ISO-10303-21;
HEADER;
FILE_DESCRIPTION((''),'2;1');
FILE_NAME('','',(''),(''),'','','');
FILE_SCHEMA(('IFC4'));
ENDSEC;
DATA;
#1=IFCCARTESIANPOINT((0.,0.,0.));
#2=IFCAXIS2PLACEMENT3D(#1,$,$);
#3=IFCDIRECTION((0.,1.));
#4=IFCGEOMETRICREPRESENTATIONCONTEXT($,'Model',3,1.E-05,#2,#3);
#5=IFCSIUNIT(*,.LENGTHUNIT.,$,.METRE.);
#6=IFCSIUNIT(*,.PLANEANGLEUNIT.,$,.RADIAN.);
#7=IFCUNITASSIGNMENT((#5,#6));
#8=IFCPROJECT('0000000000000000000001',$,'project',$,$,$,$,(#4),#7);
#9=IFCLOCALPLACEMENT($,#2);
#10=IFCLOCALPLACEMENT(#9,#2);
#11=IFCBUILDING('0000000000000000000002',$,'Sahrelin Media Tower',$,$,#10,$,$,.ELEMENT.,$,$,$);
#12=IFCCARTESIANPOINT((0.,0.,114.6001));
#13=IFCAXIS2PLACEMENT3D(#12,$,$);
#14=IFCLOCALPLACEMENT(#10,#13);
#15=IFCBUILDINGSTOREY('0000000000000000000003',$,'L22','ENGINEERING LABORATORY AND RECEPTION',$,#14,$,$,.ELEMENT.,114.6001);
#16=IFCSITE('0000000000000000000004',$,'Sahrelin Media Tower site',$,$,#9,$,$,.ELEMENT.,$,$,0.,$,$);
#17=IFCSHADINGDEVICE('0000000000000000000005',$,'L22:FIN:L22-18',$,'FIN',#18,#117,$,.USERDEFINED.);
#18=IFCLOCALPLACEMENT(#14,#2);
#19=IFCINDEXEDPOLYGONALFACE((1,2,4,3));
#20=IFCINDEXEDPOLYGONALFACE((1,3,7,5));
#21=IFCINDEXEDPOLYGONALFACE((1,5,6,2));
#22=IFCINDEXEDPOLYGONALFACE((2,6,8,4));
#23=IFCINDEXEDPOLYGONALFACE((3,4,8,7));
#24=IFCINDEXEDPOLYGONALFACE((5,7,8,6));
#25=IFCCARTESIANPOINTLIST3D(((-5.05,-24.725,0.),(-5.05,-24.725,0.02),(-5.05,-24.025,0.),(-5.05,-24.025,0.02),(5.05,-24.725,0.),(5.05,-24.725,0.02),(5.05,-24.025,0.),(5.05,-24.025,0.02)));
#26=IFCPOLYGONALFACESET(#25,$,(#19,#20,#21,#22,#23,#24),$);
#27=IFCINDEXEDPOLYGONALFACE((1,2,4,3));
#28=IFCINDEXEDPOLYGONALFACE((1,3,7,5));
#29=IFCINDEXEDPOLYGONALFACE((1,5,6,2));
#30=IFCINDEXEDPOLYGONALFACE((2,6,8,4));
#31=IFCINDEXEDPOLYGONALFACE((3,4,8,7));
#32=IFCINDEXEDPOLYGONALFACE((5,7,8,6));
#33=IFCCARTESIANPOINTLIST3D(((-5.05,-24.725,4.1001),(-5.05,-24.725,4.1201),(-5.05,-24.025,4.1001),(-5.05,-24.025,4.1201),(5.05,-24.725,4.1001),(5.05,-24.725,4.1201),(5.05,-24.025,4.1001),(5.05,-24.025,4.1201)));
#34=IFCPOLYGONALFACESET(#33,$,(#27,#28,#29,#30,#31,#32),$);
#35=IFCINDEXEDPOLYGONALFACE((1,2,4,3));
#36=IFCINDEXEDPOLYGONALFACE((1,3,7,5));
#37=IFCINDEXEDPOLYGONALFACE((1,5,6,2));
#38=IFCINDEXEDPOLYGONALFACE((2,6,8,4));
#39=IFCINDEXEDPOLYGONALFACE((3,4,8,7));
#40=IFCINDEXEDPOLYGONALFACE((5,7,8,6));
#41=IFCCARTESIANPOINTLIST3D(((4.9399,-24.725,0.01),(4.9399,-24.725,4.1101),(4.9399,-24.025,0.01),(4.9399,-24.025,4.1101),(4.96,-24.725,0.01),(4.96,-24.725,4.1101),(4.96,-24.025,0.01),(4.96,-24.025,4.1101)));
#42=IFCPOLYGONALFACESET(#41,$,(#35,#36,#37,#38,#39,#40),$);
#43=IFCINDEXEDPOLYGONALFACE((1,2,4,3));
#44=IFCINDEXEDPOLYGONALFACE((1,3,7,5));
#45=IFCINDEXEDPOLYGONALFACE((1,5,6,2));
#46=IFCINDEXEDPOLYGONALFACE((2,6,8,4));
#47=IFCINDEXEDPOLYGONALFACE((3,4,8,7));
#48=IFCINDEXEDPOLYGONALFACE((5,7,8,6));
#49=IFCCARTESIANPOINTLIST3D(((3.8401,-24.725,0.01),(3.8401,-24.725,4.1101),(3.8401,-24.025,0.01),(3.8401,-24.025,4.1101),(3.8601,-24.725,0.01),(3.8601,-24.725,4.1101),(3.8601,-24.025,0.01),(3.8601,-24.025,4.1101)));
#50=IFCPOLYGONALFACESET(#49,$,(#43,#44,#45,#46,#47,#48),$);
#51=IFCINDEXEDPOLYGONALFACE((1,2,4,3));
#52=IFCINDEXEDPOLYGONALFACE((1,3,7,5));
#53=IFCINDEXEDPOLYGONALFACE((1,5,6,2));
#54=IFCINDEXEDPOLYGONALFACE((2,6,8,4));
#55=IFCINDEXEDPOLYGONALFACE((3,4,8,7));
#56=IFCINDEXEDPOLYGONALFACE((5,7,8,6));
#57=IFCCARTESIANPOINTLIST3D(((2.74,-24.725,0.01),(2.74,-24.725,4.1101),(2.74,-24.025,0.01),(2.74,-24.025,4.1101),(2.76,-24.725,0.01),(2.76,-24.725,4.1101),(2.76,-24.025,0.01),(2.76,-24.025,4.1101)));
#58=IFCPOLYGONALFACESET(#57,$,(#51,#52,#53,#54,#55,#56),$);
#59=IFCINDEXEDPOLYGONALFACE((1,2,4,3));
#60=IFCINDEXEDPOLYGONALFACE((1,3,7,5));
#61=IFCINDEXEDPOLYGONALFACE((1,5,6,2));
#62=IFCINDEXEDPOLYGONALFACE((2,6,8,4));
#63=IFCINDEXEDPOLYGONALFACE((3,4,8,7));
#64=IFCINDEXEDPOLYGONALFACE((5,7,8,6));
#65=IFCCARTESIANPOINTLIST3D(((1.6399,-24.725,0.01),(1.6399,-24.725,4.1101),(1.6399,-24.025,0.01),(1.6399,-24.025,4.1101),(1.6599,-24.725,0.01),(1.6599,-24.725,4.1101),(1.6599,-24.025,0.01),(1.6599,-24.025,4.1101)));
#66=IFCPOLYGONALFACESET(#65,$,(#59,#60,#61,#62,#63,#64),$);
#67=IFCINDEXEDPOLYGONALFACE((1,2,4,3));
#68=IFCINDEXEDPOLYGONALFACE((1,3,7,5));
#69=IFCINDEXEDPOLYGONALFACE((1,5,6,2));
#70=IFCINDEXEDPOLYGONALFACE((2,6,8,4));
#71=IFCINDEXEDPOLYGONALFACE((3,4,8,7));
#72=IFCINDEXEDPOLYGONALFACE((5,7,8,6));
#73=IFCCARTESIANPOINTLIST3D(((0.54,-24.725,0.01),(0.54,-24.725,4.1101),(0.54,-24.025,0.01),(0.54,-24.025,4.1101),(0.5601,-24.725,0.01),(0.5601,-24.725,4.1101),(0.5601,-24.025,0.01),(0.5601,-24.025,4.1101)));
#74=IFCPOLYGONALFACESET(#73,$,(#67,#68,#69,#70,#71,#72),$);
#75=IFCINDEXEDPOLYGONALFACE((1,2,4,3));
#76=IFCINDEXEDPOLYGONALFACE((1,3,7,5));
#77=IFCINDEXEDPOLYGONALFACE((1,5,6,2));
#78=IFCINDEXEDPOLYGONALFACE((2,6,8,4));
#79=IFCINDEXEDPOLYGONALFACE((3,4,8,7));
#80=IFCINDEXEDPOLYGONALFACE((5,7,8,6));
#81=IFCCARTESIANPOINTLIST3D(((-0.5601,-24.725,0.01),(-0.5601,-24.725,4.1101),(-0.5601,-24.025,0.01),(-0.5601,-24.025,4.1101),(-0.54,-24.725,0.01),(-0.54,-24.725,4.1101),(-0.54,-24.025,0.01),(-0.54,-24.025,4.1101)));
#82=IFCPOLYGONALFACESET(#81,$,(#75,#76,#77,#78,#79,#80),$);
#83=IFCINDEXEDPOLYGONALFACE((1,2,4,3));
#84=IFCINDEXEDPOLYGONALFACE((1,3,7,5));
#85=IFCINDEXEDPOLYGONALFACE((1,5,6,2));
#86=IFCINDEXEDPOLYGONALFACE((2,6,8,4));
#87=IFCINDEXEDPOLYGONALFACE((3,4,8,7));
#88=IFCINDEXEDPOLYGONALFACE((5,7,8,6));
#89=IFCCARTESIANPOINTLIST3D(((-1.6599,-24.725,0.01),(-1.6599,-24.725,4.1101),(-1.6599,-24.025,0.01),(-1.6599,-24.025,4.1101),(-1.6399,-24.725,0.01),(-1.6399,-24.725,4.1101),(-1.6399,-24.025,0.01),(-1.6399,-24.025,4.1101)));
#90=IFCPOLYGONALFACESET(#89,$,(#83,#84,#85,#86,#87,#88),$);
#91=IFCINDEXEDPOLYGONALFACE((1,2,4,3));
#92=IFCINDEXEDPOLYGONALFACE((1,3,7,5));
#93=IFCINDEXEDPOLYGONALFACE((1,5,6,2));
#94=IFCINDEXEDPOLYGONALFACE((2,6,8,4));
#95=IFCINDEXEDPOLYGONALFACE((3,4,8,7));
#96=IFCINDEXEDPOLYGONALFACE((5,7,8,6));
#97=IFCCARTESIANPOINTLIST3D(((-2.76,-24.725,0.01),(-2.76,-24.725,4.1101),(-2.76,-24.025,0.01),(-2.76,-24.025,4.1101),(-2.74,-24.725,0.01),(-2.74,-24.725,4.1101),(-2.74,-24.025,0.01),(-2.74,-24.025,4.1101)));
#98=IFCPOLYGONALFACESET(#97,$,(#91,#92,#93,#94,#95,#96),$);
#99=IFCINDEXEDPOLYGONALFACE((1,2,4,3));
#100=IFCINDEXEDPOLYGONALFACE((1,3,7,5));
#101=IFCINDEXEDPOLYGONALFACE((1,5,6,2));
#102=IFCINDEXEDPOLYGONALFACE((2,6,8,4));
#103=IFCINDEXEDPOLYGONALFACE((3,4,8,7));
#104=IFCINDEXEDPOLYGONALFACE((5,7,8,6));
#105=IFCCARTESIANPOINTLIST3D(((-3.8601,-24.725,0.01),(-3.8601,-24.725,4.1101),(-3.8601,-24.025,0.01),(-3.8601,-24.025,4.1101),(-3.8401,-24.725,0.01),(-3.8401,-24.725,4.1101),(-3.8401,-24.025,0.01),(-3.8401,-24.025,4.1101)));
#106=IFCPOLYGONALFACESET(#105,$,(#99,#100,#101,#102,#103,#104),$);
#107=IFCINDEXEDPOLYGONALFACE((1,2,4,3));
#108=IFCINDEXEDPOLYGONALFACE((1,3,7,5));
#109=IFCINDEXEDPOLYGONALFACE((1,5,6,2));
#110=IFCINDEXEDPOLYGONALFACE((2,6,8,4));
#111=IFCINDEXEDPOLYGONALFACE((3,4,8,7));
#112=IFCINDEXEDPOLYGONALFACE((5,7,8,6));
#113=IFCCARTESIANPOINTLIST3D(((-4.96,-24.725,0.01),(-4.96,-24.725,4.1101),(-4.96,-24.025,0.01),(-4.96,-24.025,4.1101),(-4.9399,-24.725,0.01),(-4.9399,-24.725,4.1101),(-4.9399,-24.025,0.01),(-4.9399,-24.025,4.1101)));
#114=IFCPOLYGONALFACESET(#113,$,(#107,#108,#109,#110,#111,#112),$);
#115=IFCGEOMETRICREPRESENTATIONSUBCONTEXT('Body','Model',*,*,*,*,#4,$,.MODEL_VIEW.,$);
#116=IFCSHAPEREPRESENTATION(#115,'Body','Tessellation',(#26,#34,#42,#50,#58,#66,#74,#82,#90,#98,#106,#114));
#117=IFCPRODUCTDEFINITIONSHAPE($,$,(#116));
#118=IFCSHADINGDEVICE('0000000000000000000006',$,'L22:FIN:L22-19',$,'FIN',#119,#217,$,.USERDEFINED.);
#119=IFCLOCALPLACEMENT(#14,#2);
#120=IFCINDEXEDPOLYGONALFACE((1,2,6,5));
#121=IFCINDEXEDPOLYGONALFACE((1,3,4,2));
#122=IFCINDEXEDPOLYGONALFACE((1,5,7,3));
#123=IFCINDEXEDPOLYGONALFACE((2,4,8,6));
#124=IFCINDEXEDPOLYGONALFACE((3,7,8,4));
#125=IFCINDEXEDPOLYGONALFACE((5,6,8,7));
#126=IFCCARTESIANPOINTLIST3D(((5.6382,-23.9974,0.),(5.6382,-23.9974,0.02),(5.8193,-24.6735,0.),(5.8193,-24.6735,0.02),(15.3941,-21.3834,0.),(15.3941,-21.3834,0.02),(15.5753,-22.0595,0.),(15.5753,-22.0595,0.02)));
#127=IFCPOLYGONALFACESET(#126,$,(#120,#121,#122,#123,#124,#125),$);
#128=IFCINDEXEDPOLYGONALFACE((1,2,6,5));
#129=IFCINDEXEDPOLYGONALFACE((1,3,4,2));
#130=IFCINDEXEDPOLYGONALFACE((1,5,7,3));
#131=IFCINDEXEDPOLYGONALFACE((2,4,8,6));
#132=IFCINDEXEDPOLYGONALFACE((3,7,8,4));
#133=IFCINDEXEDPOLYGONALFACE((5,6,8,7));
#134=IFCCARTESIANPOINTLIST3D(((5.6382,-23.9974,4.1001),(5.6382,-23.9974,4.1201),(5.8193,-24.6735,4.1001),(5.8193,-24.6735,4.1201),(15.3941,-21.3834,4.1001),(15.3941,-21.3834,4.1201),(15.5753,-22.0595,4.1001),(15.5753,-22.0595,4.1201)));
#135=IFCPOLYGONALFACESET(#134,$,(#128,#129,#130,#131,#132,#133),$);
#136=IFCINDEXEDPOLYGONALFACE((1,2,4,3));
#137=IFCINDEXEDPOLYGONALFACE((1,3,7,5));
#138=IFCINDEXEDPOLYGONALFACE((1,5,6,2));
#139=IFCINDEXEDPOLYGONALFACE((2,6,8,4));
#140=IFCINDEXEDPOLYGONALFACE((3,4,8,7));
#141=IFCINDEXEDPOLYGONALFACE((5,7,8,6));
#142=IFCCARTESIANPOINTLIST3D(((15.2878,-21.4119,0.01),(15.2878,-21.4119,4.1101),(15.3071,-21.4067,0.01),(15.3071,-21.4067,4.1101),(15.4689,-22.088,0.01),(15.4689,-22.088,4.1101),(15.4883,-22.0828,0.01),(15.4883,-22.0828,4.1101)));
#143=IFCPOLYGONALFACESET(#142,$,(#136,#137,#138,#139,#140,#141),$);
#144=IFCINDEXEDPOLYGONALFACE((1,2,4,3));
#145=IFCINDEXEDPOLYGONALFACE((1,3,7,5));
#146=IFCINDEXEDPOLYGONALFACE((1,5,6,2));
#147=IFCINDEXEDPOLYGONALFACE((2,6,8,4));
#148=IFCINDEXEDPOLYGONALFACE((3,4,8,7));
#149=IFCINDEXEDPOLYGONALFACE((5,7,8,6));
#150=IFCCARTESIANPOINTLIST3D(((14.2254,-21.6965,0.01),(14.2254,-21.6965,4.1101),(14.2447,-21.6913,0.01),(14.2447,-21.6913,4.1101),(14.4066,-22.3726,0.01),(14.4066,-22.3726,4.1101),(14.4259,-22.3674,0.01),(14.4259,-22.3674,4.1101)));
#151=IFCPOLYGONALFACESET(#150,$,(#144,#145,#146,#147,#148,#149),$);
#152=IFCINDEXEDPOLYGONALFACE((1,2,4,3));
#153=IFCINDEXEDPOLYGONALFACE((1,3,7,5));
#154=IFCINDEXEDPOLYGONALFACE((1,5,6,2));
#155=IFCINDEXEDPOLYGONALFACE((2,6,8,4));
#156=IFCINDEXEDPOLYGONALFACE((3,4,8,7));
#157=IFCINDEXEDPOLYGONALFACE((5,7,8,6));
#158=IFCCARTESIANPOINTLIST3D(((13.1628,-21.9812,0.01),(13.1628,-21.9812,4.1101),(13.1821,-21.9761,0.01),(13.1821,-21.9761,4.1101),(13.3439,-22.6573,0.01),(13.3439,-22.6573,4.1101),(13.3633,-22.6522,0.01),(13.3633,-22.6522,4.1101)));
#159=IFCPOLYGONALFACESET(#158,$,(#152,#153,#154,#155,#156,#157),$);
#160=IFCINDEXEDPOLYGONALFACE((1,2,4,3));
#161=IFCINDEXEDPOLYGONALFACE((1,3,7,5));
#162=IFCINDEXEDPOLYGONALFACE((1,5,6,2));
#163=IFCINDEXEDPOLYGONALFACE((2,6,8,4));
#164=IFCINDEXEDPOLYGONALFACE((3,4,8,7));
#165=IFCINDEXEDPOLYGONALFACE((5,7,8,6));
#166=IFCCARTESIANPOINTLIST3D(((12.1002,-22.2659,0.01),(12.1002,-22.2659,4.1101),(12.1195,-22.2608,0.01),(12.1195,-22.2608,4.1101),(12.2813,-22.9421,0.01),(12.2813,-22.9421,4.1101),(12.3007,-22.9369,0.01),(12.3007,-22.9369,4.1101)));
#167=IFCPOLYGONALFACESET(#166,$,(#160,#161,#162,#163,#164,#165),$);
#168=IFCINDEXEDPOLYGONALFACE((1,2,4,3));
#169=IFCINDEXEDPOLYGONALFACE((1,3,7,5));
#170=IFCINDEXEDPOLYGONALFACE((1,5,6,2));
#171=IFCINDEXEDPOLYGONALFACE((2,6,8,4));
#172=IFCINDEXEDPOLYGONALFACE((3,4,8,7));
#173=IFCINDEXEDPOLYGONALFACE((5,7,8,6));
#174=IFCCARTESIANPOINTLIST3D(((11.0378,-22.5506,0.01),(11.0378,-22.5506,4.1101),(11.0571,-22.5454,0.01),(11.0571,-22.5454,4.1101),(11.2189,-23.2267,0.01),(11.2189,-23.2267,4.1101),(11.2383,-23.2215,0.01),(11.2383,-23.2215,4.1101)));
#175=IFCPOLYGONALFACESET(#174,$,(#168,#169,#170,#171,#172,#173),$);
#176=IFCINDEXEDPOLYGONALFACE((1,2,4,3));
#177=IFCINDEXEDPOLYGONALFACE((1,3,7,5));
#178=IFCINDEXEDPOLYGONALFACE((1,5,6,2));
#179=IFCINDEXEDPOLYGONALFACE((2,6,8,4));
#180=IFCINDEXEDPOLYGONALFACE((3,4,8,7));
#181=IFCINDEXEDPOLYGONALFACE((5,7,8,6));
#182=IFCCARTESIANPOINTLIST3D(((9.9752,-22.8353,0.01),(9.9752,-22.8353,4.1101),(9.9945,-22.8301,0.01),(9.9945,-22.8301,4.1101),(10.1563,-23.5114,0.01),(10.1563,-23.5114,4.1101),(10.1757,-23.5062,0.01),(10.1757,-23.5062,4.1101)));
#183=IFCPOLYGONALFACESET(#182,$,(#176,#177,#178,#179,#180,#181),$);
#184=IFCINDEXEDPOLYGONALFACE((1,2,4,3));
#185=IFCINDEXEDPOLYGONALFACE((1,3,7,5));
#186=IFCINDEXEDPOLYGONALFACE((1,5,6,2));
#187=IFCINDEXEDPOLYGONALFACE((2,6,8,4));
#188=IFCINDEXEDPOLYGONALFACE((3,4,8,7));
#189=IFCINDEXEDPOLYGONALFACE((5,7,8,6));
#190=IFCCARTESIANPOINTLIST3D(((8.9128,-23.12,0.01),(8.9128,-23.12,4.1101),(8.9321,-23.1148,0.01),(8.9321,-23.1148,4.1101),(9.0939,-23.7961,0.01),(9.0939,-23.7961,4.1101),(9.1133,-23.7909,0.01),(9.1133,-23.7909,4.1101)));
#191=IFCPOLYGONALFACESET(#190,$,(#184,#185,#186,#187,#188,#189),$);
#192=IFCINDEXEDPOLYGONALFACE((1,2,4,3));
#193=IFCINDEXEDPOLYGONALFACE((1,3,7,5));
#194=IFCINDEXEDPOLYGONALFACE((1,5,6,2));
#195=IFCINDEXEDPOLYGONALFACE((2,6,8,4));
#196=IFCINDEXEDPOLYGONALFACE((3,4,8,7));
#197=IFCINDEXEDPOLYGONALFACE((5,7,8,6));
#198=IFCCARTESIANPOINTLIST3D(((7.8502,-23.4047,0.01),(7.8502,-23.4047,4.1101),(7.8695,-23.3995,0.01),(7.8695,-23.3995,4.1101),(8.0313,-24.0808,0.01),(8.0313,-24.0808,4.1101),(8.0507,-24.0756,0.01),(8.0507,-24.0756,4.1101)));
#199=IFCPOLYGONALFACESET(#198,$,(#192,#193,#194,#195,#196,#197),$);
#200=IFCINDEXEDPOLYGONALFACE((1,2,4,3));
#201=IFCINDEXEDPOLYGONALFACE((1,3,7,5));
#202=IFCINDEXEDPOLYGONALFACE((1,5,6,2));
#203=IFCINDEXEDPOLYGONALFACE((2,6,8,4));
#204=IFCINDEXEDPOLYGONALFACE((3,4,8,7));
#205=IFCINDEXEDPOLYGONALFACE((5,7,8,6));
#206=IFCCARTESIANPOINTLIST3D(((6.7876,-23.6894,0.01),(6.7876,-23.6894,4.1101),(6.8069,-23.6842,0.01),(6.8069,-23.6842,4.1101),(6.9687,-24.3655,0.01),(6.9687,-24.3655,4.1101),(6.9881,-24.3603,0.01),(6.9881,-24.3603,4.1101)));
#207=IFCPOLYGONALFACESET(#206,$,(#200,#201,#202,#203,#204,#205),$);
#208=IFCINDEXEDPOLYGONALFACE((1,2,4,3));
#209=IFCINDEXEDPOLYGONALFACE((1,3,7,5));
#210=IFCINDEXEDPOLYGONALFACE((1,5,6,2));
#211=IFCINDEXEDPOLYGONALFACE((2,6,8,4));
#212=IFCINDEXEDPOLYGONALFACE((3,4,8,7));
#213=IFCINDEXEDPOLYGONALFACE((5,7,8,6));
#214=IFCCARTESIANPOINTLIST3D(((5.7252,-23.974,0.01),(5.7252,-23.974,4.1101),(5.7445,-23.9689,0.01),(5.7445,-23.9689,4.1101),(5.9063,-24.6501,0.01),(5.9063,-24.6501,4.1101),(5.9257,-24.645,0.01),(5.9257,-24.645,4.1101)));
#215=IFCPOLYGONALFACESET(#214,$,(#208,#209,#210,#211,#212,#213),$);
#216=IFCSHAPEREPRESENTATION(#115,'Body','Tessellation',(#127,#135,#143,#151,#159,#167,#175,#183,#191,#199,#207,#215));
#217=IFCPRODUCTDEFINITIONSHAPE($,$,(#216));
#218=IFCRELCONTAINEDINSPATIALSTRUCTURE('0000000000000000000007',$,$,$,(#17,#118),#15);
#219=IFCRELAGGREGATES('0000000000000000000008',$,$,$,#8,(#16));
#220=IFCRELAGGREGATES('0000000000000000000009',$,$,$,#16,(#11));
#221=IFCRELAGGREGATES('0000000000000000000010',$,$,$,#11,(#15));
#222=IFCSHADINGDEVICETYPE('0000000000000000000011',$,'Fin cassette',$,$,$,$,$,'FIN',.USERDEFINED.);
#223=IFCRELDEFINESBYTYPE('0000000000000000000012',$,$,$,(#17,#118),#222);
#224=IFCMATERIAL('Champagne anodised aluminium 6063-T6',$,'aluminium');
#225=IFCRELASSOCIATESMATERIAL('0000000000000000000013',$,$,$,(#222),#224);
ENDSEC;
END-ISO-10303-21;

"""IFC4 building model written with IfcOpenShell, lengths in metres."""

from ifc_helpers import new_model, si_unit, direction, frame, origin, origin_2d, place, context, subcontext, project, spatial, rectangle, extrude, material, type_object, element, save


model = new_model("IFC4")

# Units and contexts
model_context = context("Model", 3, precision=1e-05, world=origin(), true_north=direction((0.0, 1.0)))
body_context = subcontext(model_context, "Body", "Model", "MODEL_VIEW")
ifc_project = project(units=[si_unit("LENGTHUNIT", "METRE"), si_unit("PLANEANGLEUNIT", "RADIAN")], contexts=[model_context])

# Site, building, storey
site_placement = place(None, origin())
site = spatial("IfcSite", under=ifc_project, at=site_placement, Name="Sahrelin Media Tower site", CompositionType="ELEMENT", RefElevation=0.0)
building_placement = place(site_placement, origin())
building = spatial("IfcBuilding", under=site, at=building_placement, Name="Sahrelin Media Tower", CompositionType="ELEMENT")
storey_placement = place(building_placement, frame((0.0, 0.0, 114.6001)))
storey = spatial("IfcBuildingStorey", under=building, at=storey_placement, Name="L22", Description="ENGINEERING LABORATORY AND RECEPTION", CompositionType="ELEMENT", Elevation=114.6001)

# Shared definitions
ifc_material_1 = material(Name="Champagne anodised aluminium 6063-T6", Category="aluminium")

# Shading devices
shading_device_type_1 = type_object("IfcShadingDeviceType", Name="Fin cassette", ElementType="FIN", PredefinedType="USERDEFINED", material=ifc_material_1)
placement_1 = place(storey_placement, frame((0.0, -23.9551, 0.0), z_axis=(0.0, 0.0, 1.0), x_axis=(-1.0, 0.0, 0.0)))
element("IfcShadingDevice", 1, at=placement_1, inside=storey, type_object=shading_device_type_1, Name="L22:FIN:L22-18", ObjectType="FIN", PredefinedType="USERDEFINED", context=body_context, shape_type="SweptSolid", body=[
    extrude(rectangle(XDim=10.1001, YDim=0.7, at=origin_2d()), frame((0.0, 0.4199, 0.0)), (0.0, 0.0, 1.0), 0.02),
    extrude(rectangle(XDim=10.1001, YDim=0.7, at=origin_2d()), frame((0.0, 0.4199, 4.1001)), (0.0, 0.0, 1.0), 0.02),
    extrude(rectangle(XDim=0.02, YDim=0.7, at=origin_2d()), frame((-4.95, 0.4199, 0.01), z_axis=(0.0, 0.0, 1.0), x_axis=(1.0, 0.0, 0.0)), (0.0, 0.0, 1.0), 4.1001),
    extrude(rectangle(XDim=0.02, YDim=0.7, at=origin_2d()), frame((-3.8501, 0.4199, 0.01), z_axis=(0.0, 0.0, 1.0), x_axis=(1.0, 0.0, 0.0)), (0.0, 0.0, 1.0), 4.1001),
    extrude(rectangle(XDim=0.02, YDim=0.7, at=origin_2d()), frame((-2.75, 0.4199, 0.01), z_axis=(0.0, 0.0, 1.0), x_axis=(1.0, 0.0, 0.0)), (0.0, 0.0, 1.0), 4.1001),
    extrude(rectangle(XDim=0.02, YDim=0.7, at=origin_2d()), frame((-1.6499, 0.4199, 0.01), z_axis=(0.0, 0.0, 1.0), x_axis=(1.0, 0.0, 0.0)), (0.0, 0.0, 1.0), 4.1001),
    extrude(rectangle(XDim=0.02, YDim=0.7, at=origin_2d()), frame((-0.55, 0.4199, 0.01), z_axis=(0.0, 0.0, 1.0), x_axis=(1.0, 0.0, 0.0)), (0.0, 0.0, 1.0), 4.1001),
    extrude(rectangle(XDim=0.02, YDim=0.7, at=origin_2d()), frame((0.55, 0.4199, 0.01), z_axis=(0.0, 0.0, 1.0), x_axis=(1.0, 0.0, 0.0)), (0.0, 0.0, 1.0), 4.1001),
    extrude(rectangle(XDim=0.02, YDim=0.7, at=origin_2d()), frame((1.6499, 0.4199, 0.01), z_axis=(0.0, 0.0, 1.0), x_axis=(1.0, 0.0, 0.0)), (0.0, 0.0, 1.0), 4.1001),
    extrude(rectangle(XDim=0.02, YDim=0.7, at=origin_2d()), frame((2.75, 0.4199, 0.01), z_axis=(0.0, 0.0, 1.0), x_axis=(1.0, 0.0, 0.0)), (0.0, 0.0, 1.0), 4.1001),
    extrude(rectangle(XDim=0.02, YDim=0.7, at=origin_2d()), frame((3.8501, 0.4199, 0.01), z_axis=(0.0, 0.0, 1.0), x_axis=(1.0, 0.0, 0.0)), (0.0, 0.0, 1.0), 4.1001),
    extrude(rectangle(XDim=0.02, YDim=0.7, at=origin_2d()), frame((4.95, 0.4199, 0.01), z_axis=(0.0, 0.0, 1.0), x_axis=(1.0, 0.0, 0.0)), (0.0, 0.0, 1.0), 4.1001),
])
placement_2 = place(storey_placement, frame((10.498, -22.6228, 0.0), z_axis=(0.0, 0.0, 1.0), x_axis=(-0.965929, -0.258808, 0.0)))
element("IfcShadingDevice", 2, at=placement_2, inside=storey, type_object=shading_device_type_1, Name="L22:FIN:L22-19", ObjectType="FIN", PredefinedType="USERDEFINED", context=body_context, shape_type="SweptSolid", body=[
    extrude(rectangle(XDim=10.1001, YDim=0.7, at=origin_2d()), frame((0.0, 0.4199, 0.0)), (0.0, 0.0, 1.0), 0.02),
    extrude(rectangle(XDim=10.1001, YDim=0.7, at=origin_2d()), frame((0.0, 0.4199, 4.1001)), (0.0, 0.0, 1.0), 0.02),
    extrude(rectangle(XDim=0.02, YDim=0.7, at=origin_2d()), frame((-4.95, 0.4199, 0.01), z_axis=(0.0, 0.0, 1.0), x_axis=(1.0, 0.0, 0.0)), (0.0, 0.0, 1.0), 4.1001),
    extrude(rectangle(XDim=0.02, YDim=0.7, at=origin_2d()), frame((-3.8501, 0.4199, 0.01), z_axis=(0.0, 0.0, 1.0), x_axis=(1.0, 0.0, 0.0)), (0.0, 0.0, 1.0), 4.1001),
    extrude(rectangle(XDim=0.02, YDim=0.7, at=origin_2d()), frame((-2.75, 0.4199, 0.01), z_axis=(0.0, 0.0, 1.0), x_axis=(1.0, 0.0, 0.0)), (0.0, 0.0, 1.0), 4.1001),
    extrude(rectangle(XDim=0.02, YDim=0.7, at=origin_2d()), frame((-1.6499, 0.4199, 0.01), z_axis=(0.0, 0.0, 1.0), x_axis=(1.0, 0.0, 0.0)), (0.0, 0.0, 1.0), 4.1001),
    extrude(rectangle(XDim=0.02, YDim=0.7, at=origin_2d()), frame((-0.55, 0.4199, 0.01), z_axis=(0.0, 0.0, 1.0), x_axis=(1.0, 0.0, 0.0)), (0.0, 0.0, 1.0), 4.1001),
    extrude(rectangle(XDim=0.02, YDim=0.7, at=origin_2d()), frame((0.55, 0.4199, 0.01), z_axis=(0.0, 0.0, 1.0), x_axis=(1.0, 0.0, 0.0)), (0.0, 0.0, 1.0), 4.1001),
    extrude(rectangle(XDim=0.02, YDim=0.7, at=origin_2d()), frame((1.6499, 0.4199, 0.01), z_axis=(0.0, 0.0, 1.0), x_axis=(1.0, 0.0, 0.0)), (0.0, 0.0, 1.0), 4.1001),
    extrude(rectangle(XDim=0.02, YDim=0.7, at=origin_2d()), frame((2.75, 0.4199, 0.01), z_axis=(0.0, 0.0, 1.0), x_axis=(1.0, 0.0, 0.0)), (0.0, 0.0, 1.0), 4.1001),
    extrude(rectangle(XDim=0.02, YDim=0.7, at=origin_2d()), frame((3.8501, 0.4199, 0.01), z_axis=(0.0, 0.0, 1.0), x_axis=(1.0, 0.0, 0.0)), (0.0, 0.0, 1.0), 4.1001),
    extrude(rectangle(XDim=0.02, YDim=0.7, at=origin_2d()), frame((4.95, 0.4199, 0.01), z_axis=(0.0, 0.0, 1.0), x_axis=(1.0, 0.0, 0.0)), (0.0, 0.0, 1.0), 4.1001),
])

save(model, "model.ifc")
